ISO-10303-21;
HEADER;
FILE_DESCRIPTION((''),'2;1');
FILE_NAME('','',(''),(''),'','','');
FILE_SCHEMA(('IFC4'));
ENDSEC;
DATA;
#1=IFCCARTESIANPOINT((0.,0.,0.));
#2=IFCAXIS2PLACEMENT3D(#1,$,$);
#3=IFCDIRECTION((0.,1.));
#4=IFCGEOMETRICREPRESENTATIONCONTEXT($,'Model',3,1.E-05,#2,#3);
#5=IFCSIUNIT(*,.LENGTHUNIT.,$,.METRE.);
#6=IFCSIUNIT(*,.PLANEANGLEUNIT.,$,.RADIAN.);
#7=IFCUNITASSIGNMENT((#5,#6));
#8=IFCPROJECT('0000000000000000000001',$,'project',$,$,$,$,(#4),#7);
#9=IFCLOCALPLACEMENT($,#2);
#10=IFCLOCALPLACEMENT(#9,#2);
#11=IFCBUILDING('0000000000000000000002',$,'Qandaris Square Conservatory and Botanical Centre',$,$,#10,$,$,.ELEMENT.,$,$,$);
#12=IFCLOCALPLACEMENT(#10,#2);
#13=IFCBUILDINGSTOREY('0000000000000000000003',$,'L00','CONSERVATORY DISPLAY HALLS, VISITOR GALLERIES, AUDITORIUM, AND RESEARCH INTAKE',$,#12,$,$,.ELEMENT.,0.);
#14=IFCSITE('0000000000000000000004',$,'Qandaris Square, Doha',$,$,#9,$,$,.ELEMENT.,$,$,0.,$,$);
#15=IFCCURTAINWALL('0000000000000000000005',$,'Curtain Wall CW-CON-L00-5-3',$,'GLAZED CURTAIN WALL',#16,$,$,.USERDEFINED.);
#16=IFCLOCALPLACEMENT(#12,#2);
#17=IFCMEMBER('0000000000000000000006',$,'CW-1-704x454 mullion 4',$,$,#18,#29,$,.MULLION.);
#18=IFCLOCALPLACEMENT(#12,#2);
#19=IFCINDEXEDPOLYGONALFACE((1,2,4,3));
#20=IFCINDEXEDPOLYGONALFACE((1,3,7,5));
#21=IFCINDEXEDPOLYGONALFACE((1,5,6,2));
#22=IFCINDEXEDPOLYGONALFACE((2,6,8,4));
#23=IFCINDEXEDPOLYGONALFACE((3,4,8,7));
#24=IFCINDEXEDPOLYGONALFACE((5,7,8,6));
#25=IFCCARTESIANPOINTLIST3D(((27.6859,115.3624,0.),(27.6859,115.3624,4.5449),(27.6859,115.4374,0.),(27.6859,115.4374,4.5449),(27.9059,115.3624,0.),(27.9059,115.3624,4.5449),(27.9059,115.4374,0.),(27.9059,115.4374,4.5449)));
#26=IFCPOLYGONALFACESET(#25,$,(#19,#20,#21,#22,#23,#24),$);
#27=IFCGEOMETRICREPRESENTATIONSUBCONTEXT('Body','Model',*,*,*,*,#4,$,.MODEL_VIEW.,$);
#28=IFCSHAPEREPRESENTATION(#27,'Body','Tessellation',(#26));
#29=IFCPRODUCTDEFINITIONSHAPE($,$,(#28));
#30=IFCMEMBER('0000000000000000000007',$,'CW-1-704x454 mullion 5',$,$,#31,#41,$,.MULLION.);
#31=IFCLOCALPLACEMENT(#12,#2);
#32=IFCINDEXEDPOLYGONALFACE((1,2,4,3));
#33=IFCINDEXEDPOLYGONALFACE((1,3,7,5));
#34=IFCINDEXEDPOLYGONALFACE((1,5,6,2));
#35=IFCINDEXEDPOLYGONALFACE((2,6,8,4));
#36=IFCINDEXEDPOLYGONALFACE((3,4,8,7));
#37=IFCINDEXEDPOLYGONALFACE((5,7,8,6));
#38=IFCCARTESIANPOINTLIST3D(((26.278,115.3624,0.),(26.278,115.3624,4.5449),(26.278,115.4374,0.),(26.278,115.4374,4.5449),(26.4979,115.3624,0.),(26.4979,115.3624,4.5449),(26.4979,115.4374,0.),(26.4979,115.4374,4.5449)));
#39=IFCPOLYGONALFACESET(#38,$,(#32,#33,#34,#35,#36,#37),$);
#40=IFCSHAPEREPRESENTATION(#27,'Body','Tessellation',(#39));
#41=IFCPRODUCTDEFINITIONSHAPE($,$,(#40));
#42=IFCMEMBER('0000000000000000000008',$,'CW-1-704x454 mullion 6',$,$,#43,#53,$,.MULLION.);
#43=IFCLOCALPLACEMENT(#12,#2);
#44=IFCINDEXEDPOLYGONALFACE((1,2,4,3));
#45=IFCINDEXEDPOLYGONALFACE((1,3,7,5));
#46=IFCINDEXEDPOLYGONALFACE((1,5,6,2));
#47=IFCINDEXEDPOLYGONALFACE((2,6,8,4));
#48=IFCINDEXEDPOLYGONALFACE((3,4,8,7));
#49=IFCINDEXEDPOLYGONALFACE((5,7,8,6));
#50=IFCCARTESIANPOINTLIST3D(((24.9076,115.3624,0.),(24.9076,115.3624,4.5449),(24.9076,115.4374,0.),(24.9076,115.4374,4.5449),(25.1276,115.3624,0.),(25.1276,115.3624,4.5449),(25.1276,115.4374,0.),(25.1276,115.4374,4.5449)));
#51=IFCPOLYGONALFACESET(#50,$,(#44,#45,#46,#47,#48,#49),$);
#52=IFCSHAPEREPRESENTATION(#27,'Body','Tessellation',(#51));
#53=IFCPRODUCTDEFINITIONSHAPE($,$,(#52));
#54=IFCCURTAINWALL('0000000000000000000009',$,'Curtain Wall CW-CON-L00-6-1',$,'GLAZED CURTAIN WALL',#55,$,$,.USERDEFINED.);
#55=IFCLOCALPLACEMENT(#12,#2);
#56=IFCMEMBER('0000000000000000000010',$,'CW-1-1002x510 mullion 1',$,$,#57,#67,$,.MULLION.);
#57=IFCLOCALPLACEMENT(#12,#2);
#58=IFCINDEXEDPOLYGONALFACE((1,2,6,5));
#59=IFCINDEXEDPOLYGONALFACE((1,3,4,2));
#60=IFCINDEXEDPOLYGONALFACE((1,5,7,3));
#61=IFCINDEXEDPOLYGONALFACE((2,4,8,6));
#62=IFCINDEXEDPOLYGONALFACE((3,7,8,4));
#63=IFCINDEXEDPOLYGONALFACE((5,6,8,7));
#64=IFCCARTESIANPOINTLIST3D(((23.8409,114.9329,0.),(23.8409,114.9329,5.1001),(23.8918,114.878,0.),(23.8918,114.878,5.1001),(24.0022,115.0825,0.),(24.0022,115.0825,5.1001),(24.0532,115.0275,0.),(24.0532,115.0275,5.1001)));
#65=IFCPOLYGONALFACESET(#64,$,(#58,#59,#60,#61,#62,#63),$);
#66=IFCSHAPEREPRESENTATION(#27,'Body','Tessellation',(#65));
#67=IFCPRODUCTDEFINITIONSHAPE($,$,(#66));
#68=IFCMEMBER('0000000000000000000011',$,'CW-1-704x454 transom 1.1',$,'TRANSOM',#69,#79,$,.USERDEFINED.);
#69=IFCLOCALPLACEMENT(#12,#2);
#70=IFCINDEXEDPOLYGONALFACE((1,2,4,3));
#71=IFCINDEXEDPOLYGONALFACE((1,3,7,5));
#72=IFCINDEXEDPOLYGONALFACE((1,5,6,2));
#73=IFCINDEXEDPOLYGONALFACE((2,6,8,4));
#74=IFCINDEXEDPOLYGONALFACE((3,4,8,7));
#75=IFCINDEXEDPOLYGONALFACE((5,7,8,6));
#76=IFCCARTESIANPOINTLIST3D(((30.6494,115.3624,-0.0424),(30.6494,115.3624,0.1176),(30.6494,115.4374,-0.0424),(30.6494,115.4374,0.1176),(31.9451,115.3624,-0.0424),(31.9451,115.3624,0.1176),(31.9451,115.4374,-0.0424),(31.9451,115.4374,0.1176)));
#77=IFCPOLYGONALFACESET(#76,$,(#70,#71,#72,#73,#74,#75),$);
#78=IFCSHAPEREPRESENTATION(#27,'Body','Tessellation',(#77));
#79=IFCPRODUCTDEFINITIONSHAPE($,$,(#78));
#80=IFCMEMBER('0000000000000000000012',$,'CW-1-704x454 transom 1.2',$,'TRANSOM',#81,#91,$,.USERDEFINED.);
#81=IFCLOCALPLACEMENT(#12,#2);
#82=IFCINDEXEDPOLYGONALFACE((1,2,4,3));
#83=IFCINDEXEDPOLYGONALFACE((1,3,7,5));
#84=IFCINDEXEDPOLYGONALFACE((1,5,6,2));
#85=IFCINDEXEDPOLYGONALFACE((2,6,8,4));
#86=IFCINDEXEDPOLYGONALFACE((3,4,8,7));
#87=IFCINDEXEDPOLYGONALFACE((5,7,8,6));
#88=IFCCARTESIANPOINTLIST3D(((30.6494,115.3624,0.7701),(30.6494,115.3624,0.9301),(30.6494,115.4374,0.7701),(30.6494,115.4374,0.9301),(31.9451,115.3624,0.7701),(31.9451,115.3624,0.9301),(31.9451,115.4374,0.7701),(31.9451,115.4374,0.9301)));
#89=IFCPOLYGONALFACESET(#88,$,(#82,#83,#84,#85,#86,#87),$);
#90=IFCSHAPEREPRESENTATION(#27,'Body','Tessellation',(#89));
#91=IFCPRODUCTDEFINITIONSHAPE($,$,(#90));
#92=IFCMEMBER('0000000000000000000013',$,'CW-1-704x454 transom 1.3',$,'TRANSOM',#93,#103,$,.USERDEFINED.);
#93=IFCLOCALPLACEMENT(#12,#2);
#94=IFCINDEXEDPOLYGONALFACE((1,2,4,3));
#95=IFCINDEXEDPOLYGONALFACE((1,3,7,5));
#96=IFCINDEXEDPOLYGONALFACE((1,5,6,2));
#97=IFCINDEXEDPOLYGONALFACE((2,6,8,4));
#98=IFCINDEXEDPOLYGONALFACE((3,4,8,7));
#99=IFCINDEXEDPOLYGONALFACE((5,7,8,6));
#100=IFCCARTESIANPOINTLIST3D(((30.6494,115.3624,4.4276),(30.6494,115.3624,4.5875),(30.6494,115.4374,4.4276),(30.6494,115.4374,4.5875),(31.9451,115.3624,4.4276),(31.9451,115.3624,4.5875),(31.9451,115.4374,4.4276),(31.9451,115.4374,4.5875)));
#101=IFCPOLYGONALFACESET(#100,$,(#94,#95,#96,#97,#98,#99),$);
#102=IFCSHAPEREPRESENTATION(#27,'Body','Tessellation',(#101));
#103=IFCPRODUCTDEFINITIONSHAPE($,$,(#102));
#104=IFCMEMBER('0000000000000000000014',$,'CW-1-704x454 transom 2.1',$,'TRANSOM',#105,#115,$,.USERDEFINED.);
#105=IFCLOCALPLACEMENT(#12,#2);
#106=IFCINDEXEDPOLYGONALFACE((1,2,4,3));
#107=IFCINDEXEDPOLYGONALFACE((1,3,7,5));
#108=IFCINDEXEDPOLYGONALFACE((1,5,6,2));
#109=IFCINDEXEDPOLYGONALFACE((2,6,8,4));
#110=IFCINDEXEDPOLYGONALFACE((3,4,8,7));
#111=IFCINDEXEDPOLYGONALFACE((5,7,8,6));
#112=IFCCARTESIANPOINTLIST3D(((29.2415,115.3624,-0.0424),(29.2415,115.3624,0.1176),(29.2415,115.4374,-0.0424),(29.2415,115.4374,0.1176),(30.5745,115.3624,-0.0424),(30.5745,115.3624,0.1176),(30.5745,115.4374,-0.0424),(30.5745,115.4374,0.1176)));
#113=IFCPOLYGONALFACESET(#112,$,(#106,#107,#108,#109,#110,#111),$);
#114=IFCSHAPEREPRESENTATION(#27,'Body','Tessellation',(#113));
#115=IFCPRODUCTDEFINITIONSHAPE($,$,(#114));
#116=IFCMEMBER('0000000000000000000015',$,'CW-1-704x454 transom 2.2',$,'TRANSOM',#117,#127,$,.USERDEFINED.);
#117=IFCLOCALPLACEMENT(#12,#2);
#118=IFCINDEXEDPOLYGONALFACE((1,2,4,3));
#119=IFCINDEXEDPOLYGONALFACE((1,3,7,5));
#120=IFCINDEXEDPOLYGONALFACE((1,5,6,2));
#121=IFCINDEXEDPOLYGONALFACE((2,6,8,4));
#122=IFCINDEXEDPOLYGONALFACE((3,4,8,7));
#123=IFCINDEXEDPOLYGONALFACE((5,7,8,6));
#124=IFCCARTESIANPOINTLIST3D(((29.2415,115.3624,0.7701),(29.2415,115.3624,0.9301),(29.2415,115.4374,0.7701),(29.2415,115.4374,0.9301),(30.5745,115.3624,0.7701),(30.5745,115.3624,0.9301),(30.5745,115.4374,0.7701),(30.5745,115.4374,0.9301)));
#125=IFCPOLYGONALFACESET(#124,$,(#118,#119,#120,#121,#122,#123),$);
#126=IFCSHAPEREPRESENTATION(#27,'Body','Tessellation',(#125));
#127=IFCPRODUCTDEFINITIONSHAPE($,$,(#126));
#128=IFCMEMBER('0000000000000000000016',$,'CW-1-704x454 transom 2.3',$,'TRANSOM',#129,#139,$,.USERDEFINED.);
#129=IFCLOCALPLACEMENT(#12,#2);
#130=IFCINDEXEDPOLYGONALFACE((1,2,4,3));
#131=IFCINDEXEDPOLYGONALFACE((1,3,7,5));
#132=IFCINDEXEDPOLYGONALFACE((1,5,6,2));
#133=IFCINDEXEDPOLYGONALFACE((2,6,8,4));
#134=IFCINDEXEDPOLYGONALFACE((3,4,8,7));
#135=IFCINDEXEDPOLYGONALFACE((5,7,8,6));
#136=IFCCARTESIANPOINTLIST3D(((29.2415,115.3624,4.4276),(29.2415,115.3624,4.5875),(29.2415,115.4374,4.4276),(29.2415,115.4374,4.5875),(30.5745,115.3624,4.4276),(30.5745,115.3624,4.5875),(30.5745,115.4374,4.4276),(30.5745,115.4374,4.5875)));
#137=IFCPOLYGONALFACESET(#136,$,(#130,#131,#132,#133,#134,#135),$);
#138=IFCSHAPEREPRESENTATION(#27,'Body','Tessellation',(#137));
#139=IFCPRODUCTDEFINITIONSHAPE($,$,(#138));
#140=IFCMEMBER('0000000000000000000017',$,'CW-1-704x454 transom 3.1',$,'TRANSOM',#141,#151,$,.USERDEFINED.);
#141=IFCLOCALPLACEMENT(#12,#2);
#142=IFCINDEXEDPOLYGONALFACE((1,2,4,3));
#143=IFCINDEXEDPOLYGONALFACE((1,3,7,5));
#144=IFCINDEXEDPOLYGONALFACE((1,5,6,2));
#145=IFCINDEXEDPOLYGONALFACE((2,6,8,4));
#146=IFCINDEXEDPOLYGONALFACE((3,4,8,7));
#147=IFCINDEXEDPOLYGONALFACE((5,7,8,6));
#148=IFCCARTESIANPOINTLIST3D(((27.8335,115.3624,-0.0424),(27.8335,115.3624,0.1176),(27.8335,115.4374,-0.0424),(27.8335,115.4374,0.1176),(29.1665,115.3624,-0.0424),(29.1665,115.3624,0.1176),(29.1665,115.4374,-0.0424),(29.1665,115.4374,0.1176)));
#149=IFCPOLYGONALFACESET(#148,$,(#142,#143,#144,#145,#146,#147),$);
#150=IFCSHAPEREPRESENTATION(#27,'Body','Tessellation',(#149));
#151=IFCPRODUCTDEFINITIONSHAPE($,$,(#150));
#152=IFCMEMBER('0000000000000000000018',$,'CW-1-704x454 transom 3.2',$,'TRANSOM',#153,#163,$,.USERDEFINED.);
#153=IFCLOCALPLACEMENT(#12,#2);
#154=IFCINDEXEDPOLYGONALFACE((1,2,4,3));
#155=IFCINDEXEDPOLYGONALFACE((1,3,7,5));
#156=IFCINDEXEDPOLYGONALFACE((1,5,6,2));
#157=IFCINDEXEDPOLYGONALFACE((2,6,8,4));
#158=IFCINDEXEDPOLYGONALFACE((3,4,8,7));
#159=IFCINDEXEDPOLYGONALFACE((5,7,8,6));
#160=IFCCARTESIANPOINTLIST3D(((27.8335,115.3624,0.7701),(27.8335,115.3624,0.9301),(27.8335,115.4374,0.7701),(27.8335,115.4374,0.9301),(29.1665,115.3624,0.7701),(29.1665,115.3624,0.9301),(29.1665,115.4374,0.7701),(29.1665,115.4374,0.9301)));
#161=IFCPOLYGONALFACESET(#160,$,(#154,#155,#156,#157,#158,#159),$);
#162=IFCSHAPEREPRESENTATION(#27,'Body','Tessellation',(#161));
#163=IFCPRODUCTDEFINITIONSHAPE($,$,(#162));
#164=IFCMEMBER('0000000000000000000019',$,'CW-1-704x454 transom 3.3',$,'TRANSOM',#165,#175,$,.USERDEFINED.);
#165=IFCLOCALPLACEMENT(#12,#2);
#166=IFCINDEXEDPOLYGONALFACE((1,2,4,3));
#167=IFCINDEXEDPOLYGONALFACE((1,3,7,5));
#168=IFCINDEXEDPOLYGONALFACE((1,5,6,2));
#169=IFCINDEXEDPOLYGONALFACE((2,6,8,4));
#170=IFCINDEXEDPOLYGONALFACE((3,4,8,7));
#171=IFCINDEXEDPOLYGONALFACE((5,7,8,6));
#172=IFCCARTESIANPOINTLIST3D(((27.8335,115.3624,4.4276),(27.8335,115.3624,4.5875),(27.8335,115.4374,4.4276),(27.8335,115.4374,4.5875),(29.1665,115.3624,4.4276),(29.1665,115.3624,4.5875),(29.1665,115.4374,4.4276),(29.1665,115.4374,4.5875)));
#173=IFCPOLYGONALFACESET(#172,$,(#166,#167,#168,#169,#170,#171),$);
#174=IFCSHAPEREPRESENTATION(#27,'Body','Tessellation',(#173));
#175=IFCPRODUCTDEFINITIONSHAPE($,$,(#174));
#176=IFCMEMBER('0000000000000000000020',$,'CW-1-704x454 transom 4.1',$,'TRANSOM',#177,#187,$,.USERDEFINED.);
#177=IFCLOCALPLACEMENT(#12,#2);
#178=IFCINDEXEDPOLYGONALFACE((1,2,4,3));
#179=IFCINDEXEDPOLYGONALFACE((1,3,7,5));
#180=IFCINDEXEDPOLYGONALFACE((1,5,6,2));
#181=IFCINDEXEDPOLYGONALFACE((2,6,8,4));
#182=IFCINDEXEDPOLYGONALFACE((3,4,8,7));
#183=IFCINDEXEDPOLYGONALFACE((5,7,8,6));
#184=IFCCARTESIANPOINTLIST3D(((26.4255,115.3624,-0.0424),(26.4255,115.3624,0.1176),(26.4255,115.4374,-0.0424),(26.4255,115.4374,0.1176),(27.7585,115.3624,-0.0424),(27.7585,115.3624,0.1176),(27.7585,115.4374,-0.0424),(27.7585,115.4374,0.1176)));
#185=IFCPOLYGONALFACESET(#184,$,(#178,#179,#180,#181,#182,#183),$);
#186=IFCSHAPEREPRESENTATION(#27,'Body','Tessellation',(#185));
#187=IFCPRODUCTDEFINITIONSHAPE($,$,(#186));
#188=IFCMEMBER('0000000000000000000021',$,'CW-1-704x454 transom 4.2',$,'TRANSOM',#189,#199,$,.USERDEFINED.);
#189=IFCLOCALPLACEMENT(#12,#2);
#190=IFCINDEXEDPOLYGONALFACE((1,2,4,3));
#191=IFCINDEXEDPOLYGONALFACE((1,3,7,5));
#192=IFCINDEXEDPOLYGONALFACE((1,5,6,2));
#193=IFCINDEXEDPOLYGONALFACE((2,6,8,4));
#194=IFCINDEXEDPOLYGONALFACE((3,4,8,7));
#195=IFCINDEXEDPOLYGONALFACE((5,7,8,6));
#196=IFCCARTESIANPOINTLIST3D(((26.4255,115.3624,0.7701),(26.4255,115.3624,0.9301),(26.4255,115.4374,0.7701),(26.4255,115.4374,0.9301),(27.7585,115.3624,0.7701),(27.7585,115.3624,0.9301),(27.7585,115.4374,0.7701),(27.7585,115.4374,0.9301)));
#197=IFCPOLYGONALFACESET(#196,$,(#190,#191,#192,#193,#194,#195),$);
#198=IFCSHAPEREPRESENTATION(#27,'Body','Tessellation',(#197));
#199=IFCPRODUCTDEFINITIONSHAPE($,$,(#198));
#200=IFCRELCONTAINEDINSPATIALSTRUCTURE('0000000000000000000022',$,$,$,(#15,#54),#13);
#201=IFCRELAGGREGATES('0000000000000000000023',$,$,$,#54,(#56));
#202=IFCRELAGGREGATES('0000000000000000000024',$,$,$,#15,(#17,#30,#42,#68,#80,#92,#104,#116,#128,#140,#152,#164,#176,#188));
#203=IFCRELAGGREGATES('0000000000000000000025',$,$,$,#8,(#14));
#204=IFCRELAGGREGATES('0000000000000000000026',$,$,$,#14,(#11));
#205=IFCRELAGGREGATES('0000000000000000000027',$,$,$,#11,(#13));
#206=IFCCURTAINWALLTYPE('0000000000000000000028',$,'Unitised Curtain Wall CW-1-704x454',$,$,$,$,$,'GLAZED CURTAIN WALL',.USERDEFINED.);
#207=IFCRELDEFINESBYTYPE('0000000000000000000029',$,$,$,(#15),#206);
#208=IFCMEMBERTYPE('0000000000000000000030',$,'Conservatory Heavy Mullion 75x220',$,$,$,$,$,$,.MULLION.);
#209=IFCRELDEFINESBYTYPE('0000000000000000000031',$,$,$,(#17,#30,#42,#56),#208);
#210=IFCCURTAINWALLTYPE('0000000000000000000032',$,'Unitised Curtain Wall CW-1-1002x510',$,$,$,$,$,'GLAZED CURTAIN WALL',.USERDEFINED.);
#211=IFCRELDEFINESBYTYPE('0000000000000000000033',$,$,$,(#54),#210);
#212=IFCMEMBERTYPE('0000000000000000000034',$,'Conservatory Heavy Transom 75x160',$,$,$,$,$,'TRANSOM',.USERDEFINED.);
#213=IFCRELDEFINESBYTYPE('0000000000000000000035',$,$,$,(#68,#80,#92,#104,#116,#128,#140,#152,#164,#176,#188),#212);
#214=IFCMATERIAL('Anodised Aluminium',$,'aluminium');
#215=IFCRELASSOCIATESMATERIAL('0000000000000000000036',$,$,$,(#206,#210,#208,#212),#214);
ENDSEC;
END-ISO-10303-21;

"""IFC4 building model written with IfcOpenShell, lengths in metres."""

from ifc_helpers import new_model, si_unit, direction, frame, origin, origin_2d, place, context, subcontext, project, spatial, rectangle, extrude, material, material_profile, profile_set, type_object, element, aggregate, save


model = new_model("IFC4")

# Units and contexts
model_context = context("Model", 3, precision=1e-05, world=origin(), true_north=direction((0.0, 1.0)))
body_context = subcontext(model_context, "Body", "Model", "MODEL_VIEW")
ifc_project = project(units=[si_unit("LENGTHUNIT", "METRE"), si_unit("PLANEANGLEUNIT", "RADIAN")], contexts=[model_context])

# Site, building, storey
site_placement = place(None, origin())
site = spatial("IfcSite", under=ifc_project, at=site_placement, Name="Qandaris Square, Doha", CompositionType="ELEMENT", RefElevation=0.0)
building_placement = place(site_placement, origin())
building = spatial("IfcBuilding", under=site, at=building_placement, Name="Qandaris Square Conservatory and Botanical Centre", CompositionType="ELEMENT")
storey_placement = place(building_placement, origin())
storey = spatial("IfcBuildingStorey", under=building, at=storey_placement, Name="L00", Description="CONSERVATORY DISPLAY HALLS, VISITOR GALLERIES, AUDITORIUM, AND RESEARCH INTAKE", CompositionType="ELEMENT", Elevation=0.0)

# Curtain wall, members
ifc_material_1 = material(Name="Anodised Aluminium", Category="aluminium")
curtain_wall_type_1 = type_object("IfcCurtainWallType", Name="Unitised Curtain Wall CW-1-704x454", ElementType="GLAZED CURTAIN WALL", PredefinedType="USERDEFINED", material=ifc_material_1)
curtain_wall_1_placement = place(storey_placement, origin())
curtain_wall_1 = element("IfcCurtainWall", 1, at=curtain_wall_1_placement, inside=storey, type_object=curtain_wall_type_1, Name="Curtain Wall CW-CON-L00-5-3", ObjectType="GLAZED CURTAIN WALL", PredefinedType="USERDEFINED")
ifc_material_profile_1 = material_profile(ifc_material_1, rectangle(XDim=0.075, YDim=0.22, at=origin_2d()), Name="ALU-MUL 75x220")
ifc_profile_set_1 = profile_set([ifc_material_profile_1], Name="Anodised Aluminium")
member_type_1 = type_object("IfcMemberType", Name="Conservatory Heavy Mullion 75x220", PredefinedType="MULLION", material=ifc_profile_set_1)
member_1_placement = place(storey_placement, frame((27.7959, 115.3999, 0.0), z_axis=(0.0, 0.0, 1.0), x_axis=(0.0, -1.0, 0.0)))
member_1 = element("IfcMember", 2, at=member_1_placement, type_object=member_type_1, Name="CW-1-704x454 mullion 4", PredefinedType="MULLION", context=body_context, shape_type="SweptSolid", body=[
    extrude(rectangle(XDim=0.075, YDim=0.22, at=origin_2d()), origin(), (0.0, 0.0, 1.0), 4.5449),
])
member_2_placement = place(storey_placement, frame((26.3879, 115.3999, 0.0), z_axis=(0.0, 0.0, 1.0), x_axis=(0.0, -1.0, 0.0)))
member_2 = element("IfcMember", 3, at=member_2_placement, type_object=member_type_1, Name="CW-1-704x454 mullion 5", PredefinedType="MULLION", context=body_context, shape_type="SweptSolid", body=[
    extrude(rectangle(XDim=0.075, YDim=0.22, at=origin_2d()), origin(), (0.0, 0.0, 1.0), 4.5449),
])
member_3_placement = place(storey_placement, frame((25.0176, 115.3999, 0.0), z_axis=(0.0, 0.0, 1.0), x_axis=(0.0, -1.0, 0.0)))
member_3 = element("IfcMember", 4, at=member_3_placement, type_object=member_type_1, Name="CW-1-704x454 mullion 6", PredefinedType="MULLION", context=body_context, shape_type="SweptSolid", body=[
    extrude(rectangle(XDim=0.075, YDim=0.22, at=origin_2d()), origin(), (0.0, 0.0, 1.0), 4.5449),
])

# Curtain wall, member
curtain_wall_type_2 = type_object("IfcCurtainWallType", Name="Unitised Curtain Wall CW-1-1002x510", ElementType="GLAZED CURTAIN WALL", PredefinedType="USERDEFINED", material=ifc_material_1)
curtain_wall_2_placement = place(storey_placement, origin())
curtain_wall_2 = element("IfcCurtainWall", 5, at=curtain_wall_2_placement, inside=storey, type_object=curtain_wall_type_2, Name="Curtain Wall CW-CON-L00-6-1", ObjectType="GLAZED CURTAIN WALL", PredefinedType="USERDEFINED")
member_4_placement = place(storey_placement, frame((23.947, 114.9802, 0.0), z_axis=(0.0, 0.0, 1.0), x_axis=(0.679762, -0.733433, 0.0)))
member_4 = element("IfcMember", 6, at=member_4_placement, type_object=member_type_1, Name="CW-1-1002x510 mullion 1", PredefinedType="MULLION", context=body_context, shape_type="SweptSolid", body=[
    extrude(rectangle(XDim=0.075, YDim=0.22, at=origin_2d()), origin(), (0.0, 0.0, 1.0), 5.1001),
])
aggregate(curtain_wall_2, [member_4])

# Members
ifc_material_profile_2 = material_profile(ifc_material_1, rectangle(XDim=0.075, YDim=0.1599, at=origin_2d()), Name="ALU-TRN 75x160")
ifc_profile_set_2 = profile_set([ifc_material_profile_2], Name="Anodised Aluminium")
member_type_2 = type_object("IfcMemberType", Name="Conservatory Heavy Transom 75x160", ElementType="TRANSOM", PredefinedType="USERDEFINED", material=ifc_profile_set_2)
member_5_placement = place(storey_placement, frame((31.9451, 115.3999, 0.0376), z_axis=(-1.0, 0.0, 0.0), x_axis=(0.0, -1.0, 0.0)))
member_5 = element("IfcMember", 7, at=member_5_placement, type_object=member_type_2, Name="CW-1-704x454 transom 1.1", ObjectType="TRANSOM", PredefinedType="USERDEFINED", context=body_context, shape_type="SweptSolid", body=[
    extrude(rectangle(XDim=0.075, YDim=0.1599, at=origin_2d()), origin(), (0.0, 0.0, 1.0), 1.2957),
])
member_6_placement = place(storey_placement, frame((31.9451, 115.3999, 0.8501), z_axis=(-1.0, 0.0, 0.0), x_axis=(0.0, -1.0, 0.0)))
member_6 = element("IfcMember", 8, at=member_6_placement, type_object=member_type_2, Name="CW-1-704x454 transom 1.2", ObjectType="TRANSOM", PredefinedType="USERDEFINED", context=body_context, shape_type="SweptSolid", body=[
    extrude(rectangle(XDim=0.075, YDim=0.1599, at=origin_2d()), origin(), (0.0, 0.0, 1.0), 1.2957),
])
member_7_placement = place(storey_placement, frame((31.9451, 115.3999, 4.5076), z_axis=(-1.0, 0.0, 0.0), x_axis=(0.0, -1.0, 0.0)))
member_7 = element("IfcMember", 9, at=member_7_placement, type_object=member_type_2, Name="CW-1-704x454 transom 1.3", ObjectType="TRANSOM", PredefinedType="USERDEFINED", context=body_context, shape_type="SweptSolid", body=[
    extrude(rectangle(XDim=0.075, YDim=0.1599, at=origin_2d()), origin(), (0.0, 0.0, 1.0), 1.2957),
])
member_8_placement = place(storey_placement, frame((30.5745, 115.3999, 0.0376), z_axis=(-1.0, 0.0, 0.0), x_axis=(0.0, -1.0, 0.0)))
member_8 = element("IfcMember", 10, at=member_8_placement, type_object=member_type_2, Name="CW-1-704x454 transom 2.1", ObjectType="TRANSOM", PredefinedType="USERDEFINED", context=body_context, shape_type="SweptSolid", body=[
    extrude(rectangle(XDim=0.075, YDim=0.1599, at=origin_2d()), origin(), (0.0, 0.0, 1.0), 1.333),
])
member_9_placement = place(storey_placement, frame((30.5745, 115.3999, 0.8501), z_axis=(-1.0, 0.0, 0.0), x_axis=(0.0, -1.0, 0.0)))
member_9 = element("IfcMember", 11, at=member_9_placement, type_object=member_type_2, Name="CW-1-704x454 transom 2.2", ObjectType="TRANSOM", PredefinedType="USERDEFINED", context=body_context, shape_type="SweptSolid", body=[
    extrude(rectangle(XDim=0.075, YDim=0.1599, at=origin_2d()), origin(), (0.0, 0.0, 1.0), 1.333),
])
member_10_placement = place(storey_placement, frame((30.5745, 115.3999, 4.5076), z_axis=(-1.0, 0.0, 0.0), x_axis=(0.0, -1.0, 0.0)))
member_10 = element("IfcMember", 12, at=member_10_placement, type_object=member_type_2, Name="CW-1-704x454 transom 2.3", ObjectType="TRANSOM", PredefinedType="USERDEFINED", context=body_context, shape_type="SweptSolid", body=[
    extrude(rectangle(XDim=0.075, YDim=0.1599, at=origin_2d()), origin(), (0.0, 0.0, 1.0), 1.333),
])
member_11_placement = place(storey_placement, frame((29.1665, 115.3999, 0.0376), z_axis=(-1.0, 0.0, 0.0), x_axis=(0.0, -1.0, 0.0)))
member_11 = element("IfcMember", 13, at=member_11_placement, type_object=member_type_2, Name="CW-1-704x454 transom 3.1", ObjectType="TRANSOM", PredefinedType="USERDEFINED", context=body_context, shape_type="SweptSolid", body=[
    extrude(rectangle(XDim=0.075, YDim=0.1599, at=origin_2d()), origin(), (0.0, 0.0, 1.0), 1.333),
])
member_12_placement = place(storey_placement, frame((29.1665, 115.3999, 0.8501), z_axis=(-1.0, 0.0, 0.0), x_axis=(0.0, -1.0, 0.0)))
member_12 = element("IfcMember", 14, at=member_12_placement, type_object=member_type_2, Name="CW-1-704x454 transom 3.2", ObjectType="TRANSOM", PredefinedType="USERDEFINED", context=body_context, shape_type="SweptSolid", body=[
    extrude(rectangle(XDim=0.075, YDim=0.1599, at=origin_2d()), origin(), (0.0, 0.0, 1.0), 1.333),
])
member_13_placement = place(storey_placement, frame((29.1665, 115.3999, 4.5076), z_axis=(-1.0, 0.0, 0.0), x_axis=(0.0, -1.0, 0.0)))
member_13 = element("IfcMember", 15, at=member_13_placement, type_object=member_type_2, Name="CW-1-704x454 transom 3.3", ObjectType="TRANSOM", PredefinedType="USERDEFINED", context=body_context, shape_type="SweptSolid", body=[
    extrude(rectangle(XDim=0.075, YDim=0.1599, at=origin_2d()), origin(), (0.0, 0.0, 1.0), 1.333),
])
member_14_placement = place(storey_placement, frame((27.7585, 115.3999, 0.0376), z_axis=(-1.0, 0.0, 0.0), x_axis=(0.0, -1.0, 0.0)))
member_14 = element("IfcMember", 16, at=member_14_placement, type_object=member_type_2, Name="CW-1-704x454 transom 4.1", ObjectType="TRANSOM", PredefinedType="USERDEFINED", context=body_context, shape_type="SweptSolid", body=[
    extrude(rectangle(XDim=0.075, YDim=0.1599, at=origin_2d()), origin(), (0.0, 0.0, 1.0), 1.333),
])
member_15_placement = place(storey_placement, frame((27.7585, 115.3999, 0.8501), z_axis=(-1.0, 0.0, 0.0), x_axis=(0.0, -1.0, 0.0)))
member_15 = element("IfcMember", 17, at=member_15_placement, type_object=member_type_2, Name="CW-1-704x454 transom 4.2", ObjectType="TRANSOM", PredefinedType="USERDEFINED", context=body_context, shape_type="SweptSolid", body=[
    extrude(rectangle(XDim=0.075, YDim=0.1599, at=origin_2d()), origin(), (0.0, 0.0, 1.0), 1.333),
])

aggregate(curtain_wall_1, [member_1, member_2, member_3, member_5, member_6, member_7, member_8, member_9, member_10, member_11, member_12, member_13, member_14, member_15])

save(model, "model.ifc")
